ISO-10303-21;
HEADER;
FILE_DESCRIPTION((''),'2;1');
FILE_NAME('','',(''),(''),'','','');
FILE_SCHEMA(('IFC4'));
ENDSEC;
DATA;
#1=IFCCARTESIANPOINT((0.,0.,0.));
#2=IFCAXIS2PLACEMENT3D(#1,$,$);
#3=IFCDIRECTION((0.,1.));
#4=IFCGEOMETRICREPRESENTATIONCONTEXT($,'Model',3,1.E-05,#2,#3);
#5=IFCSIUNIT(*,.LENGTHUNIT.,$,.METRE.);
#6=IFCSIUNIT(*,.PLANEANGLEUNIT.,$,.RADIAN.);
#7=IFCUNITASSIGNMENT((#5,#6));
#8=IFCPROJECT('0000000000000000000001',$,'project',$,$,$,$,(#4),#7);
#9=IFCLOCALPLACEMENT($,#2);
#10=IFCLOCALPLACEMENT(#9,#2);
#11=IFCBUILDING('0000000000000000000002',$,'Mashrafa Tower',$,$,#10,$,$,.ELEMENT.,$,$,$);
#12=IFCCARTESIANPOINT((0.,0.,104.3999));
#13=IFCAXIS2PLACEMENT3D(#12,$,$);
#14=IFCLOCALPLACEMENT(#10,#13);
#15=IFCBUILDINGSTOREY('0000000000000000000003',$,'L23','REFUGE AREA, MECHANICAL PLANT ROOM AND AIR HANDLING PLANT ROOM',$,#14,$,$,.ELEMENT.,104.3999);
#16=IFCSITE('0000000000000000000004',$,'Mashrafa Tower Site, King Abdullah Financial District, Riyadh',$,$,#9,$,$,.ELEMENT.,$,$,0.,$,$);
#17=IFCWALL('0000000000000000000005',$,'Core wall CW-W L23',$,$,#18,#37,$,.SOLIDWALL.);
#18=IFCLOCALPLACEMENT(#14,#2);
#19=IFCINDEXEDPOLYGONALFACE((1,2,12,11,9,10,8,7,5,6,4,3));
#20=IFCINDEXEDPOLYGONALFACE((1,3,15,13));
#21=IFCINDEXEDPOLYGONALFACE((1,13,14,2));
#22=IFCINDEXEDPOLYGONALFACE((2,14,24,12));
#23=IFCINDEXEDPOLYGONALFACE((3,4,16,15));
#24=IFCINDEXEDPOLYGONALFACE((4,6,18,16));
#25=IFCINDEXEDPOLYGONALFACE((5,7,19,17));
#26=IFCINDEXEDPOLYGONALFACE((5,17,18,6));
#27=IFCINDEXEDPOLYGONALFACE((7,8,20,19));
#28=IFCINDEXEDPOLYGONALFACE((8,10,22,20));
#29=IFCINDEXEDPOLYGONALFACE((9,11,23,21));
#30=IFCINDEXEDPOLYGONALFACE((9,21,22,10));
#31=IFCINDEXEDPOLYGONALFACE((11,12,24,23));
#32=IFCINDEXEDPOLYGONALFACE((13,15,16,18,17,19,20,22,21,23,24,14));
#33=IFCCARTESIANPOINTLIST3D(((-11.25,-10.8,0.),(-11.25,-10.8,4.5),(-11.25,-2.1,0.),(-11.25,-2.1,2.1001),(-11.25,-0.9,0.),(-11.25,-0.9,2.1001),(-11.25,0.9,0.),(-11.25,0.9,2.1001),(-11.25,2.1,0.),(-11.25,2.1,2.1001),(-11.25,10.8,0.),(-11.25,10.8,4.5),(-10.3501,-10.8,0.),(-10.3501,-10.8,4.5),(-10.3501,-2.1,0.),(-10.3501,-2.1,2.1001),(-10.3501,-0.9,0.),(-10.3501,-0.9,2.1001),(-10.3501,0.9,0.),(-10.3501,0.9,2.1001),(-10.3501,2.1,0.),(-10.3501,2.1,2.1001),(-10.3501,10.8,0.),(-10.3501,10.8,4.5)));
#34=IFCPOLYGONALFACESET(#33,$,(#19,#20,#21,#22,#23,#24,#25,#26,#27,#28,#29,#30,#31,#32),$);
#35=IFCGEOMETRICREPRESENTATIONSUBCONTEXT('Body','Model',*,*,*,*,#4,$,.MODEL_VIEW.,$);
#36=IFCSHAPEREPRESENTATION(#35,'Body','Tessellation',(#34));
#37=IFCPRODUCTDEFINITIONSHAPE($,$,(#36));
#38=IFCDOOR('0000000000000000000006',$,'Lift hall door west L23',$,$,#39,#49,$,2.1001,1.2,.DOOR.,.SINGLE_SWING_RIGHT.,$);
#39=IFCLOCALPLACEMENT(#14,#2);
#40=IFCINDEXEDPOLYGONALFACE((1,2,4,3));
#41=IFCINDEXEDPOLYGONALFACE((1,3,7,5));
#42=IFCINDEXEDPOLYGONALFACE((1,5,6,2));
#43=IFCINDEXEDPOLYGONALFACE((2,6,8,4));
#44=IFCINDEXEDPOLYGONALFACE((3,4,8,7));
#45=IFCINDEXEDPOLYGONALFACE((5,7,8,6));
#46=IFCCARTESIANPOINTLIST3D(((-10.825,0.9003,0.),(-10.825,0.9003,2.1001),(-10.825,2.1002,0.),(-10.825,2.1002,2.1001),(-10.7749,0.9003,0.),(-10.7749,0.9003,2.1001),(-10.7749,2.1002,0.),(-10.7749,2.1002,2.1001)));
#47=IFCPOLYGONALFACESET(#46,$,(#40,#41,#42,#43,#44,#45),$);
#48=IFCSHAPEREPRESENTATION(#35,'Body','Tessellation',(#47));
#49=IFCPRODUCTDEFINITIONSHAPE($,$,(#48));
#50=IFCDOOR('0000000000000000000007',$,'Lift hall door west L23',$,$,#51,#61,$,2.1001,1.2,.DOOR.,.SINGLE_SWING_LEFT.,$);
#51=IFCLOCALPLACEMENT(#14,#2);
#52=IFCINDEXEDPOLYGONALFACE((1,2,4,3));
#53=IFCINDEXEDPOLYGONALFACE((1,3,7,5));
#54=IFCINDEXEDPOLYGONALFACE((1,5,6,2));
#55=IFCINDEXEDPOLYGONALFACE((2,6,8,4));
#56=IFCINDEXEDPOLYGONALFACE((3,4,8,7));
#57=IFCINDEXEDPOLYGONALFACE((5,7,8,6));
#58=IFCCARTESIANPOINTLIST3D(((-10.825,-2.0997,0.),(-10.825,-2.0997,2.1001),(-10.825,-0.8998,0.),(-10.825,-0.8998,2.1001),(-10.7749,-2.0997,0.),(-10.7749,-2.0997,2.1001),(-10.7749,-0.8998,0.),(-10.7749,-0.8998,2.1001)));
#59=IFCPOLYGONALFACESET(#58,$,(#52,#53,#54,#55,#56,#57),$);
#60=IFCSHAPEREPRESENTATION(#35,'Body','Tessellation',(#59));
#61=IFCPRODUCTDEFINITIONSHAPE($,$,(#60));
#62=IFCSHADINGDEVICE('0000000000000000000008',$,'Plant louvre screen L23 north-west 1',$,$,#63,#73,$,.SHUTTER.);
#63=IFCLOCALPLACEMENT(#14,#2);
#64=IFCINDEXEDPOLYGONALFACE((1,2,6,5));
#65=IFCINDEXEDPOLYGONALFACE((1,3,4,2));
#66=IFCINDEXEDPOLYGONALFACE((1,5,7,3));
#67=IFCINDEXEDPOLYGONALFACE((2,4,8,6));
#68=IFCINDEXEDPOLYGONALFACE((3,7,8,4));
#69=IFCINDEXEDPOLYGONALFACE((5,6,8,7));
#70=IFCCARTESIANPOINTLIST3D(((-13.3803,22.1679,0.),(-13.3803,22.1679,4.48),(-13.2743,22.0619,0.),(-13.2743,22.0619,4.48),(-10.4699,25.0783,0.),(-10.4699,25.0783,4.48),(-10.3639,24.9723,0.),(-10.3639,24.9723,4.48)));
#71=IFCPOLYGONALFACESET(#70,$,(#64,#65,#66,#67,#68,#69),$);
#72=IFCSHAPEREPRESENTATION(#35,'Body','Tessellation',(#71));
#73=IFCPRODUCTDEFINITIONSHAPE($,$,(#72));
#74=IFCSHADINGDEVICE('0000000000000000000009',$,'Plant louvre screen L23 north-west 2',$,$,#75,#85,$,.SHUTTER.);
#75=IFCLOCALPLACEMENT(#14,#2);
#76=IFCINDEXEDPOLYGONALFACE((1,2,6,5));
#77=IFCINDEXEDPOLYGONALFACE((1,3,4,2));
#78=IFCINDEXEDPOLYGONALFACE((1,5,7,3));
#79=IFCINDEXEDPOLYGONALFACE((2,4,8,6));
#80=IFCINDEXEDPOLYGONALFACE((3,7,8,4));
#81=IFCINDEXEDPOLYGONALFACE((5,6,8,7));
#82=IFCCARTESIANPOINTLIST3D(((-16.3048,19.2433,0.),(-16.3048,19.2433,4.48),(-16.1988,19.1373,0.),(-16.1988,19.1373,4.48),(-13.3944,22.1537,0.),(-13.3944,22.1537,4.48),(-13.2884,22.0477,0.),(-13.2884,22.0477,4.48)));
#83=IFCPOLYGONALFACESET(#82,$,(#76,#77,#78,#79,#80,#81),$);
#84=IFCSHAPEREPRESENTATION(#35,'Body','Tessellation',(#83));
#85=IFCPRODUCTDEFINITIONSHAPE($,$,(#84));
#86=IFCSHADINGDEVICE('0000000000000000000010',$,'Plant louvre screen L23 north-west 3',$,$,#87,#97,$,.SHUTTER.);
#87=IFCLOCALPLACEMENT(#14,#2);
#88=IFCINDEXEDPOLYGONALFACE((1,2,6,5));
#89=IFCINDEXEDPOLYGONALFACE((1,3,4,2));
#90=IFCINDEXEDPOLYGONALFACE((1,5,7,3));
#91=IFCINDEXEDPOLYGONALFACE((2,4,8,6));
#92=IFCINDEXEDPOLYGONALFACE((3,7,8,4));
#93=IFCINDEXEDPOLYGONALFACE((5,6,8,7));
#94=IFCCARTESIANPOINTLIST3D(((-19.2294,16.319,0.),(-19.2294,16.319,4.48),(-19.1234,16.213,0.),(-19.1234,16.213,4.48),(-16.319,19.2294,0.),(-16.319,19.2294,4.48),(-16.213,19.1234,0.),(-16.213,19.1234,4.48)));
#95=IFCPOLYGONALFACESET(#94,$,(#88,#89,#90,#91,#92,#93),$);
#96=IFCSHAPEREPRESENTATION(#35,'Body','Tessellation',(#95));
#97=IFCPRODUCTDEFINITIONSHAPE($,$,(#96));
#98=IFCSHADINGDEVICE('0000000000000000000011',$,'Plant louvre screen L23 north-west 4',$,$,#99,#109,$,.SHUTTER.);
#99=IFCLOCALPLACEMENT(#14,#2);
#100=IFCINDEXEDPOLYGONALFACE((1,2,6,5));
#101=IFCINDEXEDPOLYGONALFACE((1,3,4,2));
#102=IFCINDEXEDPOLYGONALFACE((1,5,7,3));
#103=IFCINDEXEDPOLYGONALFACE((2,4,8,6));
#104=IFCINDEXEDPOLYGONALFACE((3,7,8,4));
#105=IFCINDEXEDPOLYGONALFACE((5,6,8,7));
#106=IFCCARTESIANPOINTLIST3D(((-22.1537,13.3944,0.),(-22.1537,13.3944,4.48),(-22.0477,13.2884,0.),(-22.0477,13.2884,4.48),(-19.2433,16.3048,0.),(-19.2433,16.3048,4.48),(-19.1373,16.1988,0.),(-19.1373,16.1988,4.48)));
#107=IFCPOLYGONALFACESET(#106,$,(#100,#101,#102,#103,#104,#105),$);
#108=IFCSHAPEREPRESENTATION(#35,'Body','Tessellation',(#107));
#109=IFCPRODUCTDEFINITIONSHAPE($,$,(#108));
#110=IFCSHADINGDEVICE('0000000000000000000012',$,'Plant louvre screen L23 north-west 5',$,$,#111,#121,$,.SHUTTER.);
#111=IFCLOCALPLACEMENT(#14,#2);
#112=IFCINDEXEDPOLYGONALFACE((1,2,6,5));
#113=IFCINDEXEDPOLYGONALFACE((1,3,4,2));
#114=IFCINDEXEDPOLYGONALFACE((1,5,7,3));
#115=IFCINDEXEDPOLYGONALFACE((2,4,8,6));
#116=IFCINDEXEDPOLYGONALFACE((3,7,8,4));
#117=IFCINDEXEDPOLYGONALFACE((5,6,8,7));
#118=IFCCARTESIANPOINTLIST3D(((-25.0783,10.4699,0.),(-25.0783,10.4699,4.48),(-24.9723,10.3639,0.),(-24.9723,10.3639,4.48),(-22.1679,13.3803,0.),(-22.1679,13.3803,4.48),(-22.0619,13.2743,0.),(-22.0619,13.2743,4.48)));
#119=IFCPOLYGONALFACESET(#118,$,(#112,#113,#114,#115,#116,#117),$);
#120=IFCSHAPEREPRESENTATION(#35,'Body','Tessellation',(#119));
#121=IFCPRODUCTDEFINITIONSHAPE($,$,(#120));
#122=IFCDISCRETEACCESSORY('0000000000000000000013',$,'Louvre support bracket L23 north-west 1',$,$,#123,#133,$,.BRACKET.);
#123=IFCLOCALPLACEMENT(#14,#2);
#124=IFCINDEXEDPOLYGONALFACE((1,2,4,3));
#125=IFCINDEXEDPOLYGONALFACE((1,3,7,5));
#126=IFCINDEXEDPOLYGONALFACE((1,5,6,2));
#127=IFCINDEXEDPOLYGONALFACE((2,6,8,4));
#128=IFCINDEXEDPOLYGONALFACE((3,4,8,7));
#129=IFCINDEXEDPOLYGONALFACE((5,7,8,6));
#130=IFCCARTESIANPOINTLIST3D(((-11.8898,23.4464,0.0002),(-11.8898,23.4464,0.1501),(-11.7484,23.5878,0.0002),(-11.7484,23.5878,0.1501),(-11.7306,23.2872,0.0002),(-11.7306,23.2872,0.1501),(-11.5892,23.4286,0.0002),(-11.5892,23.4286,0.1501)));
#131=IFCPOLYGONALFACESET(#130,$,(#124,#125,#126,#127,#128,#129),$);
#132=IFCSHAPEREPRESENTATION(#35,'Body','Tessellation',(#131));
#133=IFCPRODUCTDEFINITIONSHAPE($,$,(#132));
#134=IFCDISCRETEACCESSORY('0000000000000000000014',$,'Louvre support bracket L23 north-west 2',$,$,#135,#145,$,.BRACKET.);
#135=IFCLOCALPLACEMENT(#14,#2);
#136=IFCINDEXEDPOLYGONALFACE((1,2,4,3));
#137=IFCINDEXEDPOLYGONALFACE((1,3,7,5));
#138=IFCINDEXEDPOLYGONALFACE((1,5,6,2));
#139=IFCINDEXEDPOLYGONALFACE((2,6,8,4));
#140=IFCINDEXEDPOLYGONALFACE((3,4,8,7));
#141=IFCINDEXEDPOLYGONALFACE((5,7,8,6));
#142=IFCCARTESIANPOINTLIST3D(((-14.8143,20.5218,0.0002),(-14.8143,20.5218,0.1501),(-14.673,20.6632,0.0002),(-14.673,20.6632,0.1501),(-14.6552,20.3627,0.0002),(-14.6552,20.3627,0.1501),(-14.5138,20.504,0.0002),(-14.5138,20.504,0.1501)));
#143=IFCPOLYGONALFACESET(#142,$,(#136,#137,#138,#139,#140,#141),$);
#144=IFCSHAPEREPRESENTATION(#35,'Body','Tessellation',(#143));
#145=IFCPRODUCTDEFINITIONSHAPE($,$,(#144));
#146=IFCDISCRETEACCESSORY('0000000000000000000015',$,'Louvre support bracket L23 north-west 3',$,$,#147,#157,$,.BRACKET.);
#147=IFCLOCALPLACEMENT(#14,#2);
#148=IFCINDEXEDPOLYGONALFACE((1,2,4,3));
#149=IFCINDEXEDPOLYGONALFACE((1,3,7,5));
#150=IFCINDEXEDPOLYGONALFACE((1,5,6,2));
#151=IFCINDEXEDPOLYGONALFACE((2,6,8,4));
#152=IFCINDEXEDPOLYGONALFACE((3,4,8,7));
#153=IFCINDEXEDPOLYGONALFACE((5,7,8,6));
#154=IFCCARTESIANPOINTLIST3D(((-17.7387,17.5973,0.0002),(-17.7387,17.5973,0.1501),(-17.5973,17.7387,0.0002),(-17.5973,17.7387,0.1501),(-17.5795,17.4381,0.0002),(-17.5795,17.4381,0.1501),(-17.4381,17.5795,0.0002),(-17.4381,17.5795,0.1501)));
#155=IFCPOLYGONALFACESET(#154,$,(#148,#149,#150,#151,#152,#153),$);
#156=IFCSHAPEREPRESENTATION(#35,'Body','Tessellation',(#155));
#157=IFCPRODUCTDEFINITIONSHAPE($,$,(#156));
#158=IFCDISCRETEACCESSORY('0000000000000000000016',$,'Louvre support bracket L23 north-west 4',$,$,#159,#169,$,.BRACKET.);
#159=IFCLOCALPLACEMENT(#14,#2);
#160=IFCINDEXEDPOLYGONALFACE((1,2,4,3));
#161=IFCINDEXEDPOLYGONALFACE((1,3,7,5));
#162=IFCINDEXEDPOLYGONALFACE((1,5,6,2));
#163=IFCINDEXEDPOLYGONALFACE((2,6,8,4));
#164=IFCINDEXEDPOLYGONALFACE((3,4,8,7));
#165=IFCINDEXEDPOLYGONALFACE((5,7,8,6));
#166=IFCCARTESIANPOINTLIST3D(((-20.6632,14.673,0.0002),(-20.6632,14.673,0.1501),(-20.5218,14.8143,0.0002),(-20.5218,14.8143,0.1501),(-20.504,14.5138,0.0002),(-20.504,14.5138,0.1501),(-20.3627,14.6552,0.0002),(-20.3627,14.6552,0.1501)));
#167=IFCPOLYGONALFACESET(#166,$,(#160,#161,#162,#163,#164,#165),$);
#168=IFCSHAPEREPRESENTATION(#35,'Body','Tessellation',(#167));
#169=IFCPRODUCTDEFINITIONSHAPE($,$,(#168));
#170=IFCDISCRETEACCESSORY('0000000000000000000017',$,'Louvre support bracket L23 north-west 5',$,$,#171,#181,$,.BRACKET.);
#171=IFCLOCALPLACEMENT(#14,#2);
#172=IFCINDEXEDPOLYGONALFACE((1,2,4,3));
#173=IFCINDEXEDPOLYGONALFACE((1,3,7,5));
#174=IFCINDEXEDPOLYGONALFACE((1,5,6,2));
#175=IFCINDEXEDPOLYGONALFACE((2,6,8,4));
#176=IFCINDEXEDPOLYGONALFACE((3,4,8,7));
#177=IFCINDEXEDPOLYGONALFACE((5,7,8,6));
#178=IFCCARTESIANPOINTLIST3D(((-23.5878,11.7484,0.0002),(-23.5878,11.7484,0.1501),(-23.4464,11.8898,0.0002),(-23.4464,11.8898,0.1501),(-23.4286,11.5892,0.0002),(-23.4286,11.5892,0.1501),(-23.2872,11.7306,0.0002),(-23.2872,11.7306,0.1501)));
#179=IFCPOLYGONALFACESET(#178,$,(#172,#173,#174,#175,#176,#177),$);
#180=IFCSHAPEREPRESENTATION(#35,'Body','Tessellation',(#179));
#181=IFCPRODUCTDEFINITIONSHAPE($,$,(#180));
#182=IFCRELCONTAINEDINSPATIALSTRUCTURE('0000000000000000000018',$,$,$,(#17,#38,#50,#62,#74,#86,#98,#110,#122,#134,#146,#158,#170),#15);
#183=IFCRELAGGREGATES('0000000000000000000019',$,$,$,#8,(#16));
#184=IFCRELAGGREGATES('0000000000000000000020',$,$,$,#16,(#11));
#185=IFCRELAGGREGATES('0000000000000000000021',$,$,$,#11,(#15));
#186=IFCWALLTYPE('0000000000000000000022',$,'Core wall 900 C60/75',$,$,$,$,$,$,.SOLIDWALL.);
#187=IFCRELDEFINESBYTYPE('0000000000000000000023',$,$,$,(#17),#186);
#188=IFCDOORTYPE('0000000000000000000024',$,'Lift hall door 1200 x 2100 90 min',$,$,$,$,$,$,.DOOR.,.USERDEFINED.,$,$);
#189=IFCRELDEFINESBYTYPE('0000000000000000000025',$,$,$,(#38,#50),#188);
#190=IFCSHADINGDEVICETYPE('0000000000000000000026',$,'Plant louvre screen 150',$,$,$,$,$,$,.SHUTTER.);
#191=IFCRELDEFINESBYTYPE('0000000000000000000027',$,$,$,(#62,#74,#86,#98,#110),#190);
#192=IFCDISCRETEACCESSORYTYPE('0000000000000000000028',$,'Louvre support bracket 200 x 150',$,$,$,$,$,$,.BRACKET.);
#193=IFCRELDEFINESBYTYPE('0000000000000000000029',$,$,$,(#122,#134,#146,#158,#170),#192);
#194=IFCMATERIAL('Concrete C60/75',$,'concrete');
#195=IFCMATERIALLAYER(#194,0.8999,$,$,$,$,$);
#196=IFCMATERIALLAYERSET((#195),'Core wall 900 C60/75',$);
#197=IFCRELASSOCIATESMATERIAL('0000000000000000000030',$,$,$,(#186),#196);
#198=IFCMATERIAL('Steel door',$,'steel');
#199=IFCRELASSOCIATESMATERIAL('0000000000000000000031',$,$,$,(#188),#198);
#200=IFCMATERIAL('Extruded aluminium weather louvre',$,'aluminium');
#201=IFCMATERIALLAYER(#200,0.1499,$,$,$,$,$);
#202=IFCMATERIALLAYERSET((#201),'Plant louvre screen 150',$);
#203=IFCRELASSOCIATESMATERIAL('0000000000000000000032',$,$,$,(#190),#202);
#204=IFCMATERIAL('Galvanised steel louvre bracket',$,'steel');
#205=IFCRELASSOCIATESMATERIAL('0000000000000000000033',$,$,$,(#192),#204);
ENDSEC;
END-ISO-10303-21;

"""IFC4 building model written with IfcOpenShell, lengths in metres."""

from ifc_helpers import new_model, si_unit, direction, frame, frame_2d, origin, origin_2d, place, context, subcontext, project, spatial, rectangle, extrude, source, transform, mapped, material, layer, layer_set, type_object, type_shapes, element, fill, save


model = new_model("IFC4")

# Units and contexts
model_context = context("Model", 3, precision=1e-05, world=origin(), true_north=direction((0.0, 1.0)))
body_context = subcontext(model_context, "Body", "Model", "MODEL_VIEW")
ifc_project = project(units=[si_unit("LENGTHUNIT", "METRE"), si_unit("PLANEANGLEUNIT", "RADIAN")], contexts=[model_context])

# Site, building, storey
site_placement = place(None, origin())
site = spatial("IfcSite", under=ifc_project, at=site_placement, Name="Mashrafa Tower Site, King Abdullah Financial District, Riyadh", CompositionType="ELEMENT", RefElevation=0.0)
building_placement = place(site_placement, origin())
building = spatial("IfcBuilding", under=site, at=building_placement, Name="Mashrafa Tower", CompositionType="ELEMENT")
storey_placement = place(building_placement, frame((0.0, 0.0, 104.3999)))
storey = spatial("IfcBuildingStorey", under=building, at=storey_placement, Name="L23", Description="REFUGE AREA, MECHANICAL PLANT ROOM AND AIR HANDLING PLANT ROOM", CompositionType="ELEMENT", Elevation=104.3999)

# Wall, openings, doors
ifc_material_1 = material(Name="Concrete C60/75", Category="concrete")
ifc_layer_1 = layer(ifc_material_1, 0.8999)
ifc_layer_set_1 = layer_set([ifc_layer_1], Name="Core wall 900 C60/75")
wall_type_1 = type_object("IfcWallType", Name="Core wall 900 C60/75", PredefinedType="SOLIDWALL", material=ifc_layer_set_1)
wall_1_placement = place(storey_placement, frame((-10.8, 10.8, 0.0), z_axis=(0.0, 0.0, 1.0), x_axis=(0.0, -1.0, 0.0)))
wall_1 = element("IfcWall", 1, at=wall_1_placement, inside=storey, type_object=wall_type_1, Name="Core wall CW-W L23", PredefinedType="SOLIDWALL", context=body_context, shape_type="SweptSolid", body=[
    extrude(rectangle(XDim=21.6001, YDim=0.8999, at=frame_2d((10.8, 0.0))), origin(), (0.0, 0.0, 1.0), 4.5),
])
opening_1_placement = place(wall_1_placement, frame((8.7, 0.0, 0.0)))
opening_1 = element("IfcOpeningElement", 2, at=opening_1_placement, cuts=wall_1, PredefinedType="OPENING", context=body_context, shape_type="SweptSolid", body=[
    extrude(rectangle(XDim=1.2, YDim=2.1001, at=frame_2d((0.6001, 1.05))), frame((0.0, 0.46, 0.0), z_axis=(0.0, -1.0, 0.0), x_axis=(1.0, 0.0, 0.0)), (0.0, 0.0, 1.0), 0.9199),
])
opening_2_placement = place(wall_1_placement, frame((11.7, 0.0, 0.0)))
opening_2 = element("IfcOpeningElement", 3, at=opening_2_placement, cuts=wall_1, PredefinedType="OPENING", context=body_context, shape_type="SweptSolid", body=[
    extrude(rectangle(XDim=1.2, YDim=2.1001, at=frame_2d((0.6001, 1.05))), frame((0.0, 0.46, 0.0), z_axis=(0.0, -1.0, 0.0), x_axis=(1.0, 0.0, 0.0)), (0.0, 0.0, 1.0), 0.9199),
])
ifc_material_2 = material(Name="Steel door", Category="steel")
door_type_1 = type_object("IfcDoorType", Name="Lift hall door 1200 x 2100 90 min", OperationType="USERDEFINED", PredefinedType="DOOR", material=ifc_material_2)
door_1_placement = place(opening_1_placement, frame((1.2, 0.0, 0.0), z_axis=(0.0, 0.0, 1.0), x_axis=(-1.0, 0.0, 0.0)))
door_1 = element("IfcDoor", 4, at=door_1_placement, inside=storey, type_object=door_type_1, Name="Lift hall door west L23", OperationType="SINGLE_SWING_RIGHT", OverallHeight=2.1001, OverallWidth=1.2, PredefinedType="DOOR", context=body_context, shape_type="SweptSolid", body=[
    extrude(rectangle(XDim=1.2, YDim=2.1001, at=frame_2d((0.6001, 1.05))), frame((0.0, 0.0249, 0.0), z_axis=(0.0, -1.0, 0.0), x_axis=(1.0, 0.0, 0.0)), (0.0, 0.0, 1.0), 0.05),
])
fill(opening_1, door_1)
door_2_placement = place(opening_2_placement, frame((1.2, 0.0, 0.0), z_axis=(0.0, 0.0, 1.0), x_axis=(-1.0, 0.0, 0.0)))
door_2 = element("IfcDoor", 5, at=door_2_placement, inside=storey, type_object=door_type_1, Name="Lift hall door west L23", OperationType="SINGLE_SWING_LEFT", OverallHeight=2.1001, OverallWidth=1.2, PredefinedType="DOOR", context=body_context, shape_type="SweptSolid", body=[
    extrude(rectangle(XDim=1.2, YDim=2.1001, at=frame_2d((0.6001, 1.05))), frame((0.0, 0.0249, 0.0), z_axis=(0.0, -1.0, 0.0), x_axis=(1.0, 0.0, 0.0)), (0.0, 0.0, 1.0), 0.05),
])
fill(opening_2, door_2)

# Shading devices
ifc_material_3 = material(Name="Extruded aluminium weather louvre", Category="aluminium")
ifc_layer_2 = layer(ifc_material_3, 0.1499)
ifc_layer_set_2 = layer_set([ifc_layer_2], Name="Plant louvre screen 150")
shading_device_type = type_object("IfcShadingDeviceType", Name="Plant louvre screen 150", PredefinedType="SHUTTER", material=ifc_layer_set_2)
shared_shape_1 = source(origin(), body_context, "Body", "SweptSolid", [
    extrude(rectangle(XDim=4.116, YDim=0.1499, at=origin_2d()), origin(), (0.0, 0.0, 1.0), 4.48),
])
type_shapes(shading_device_type, [shared_shape_1])
for number, where, z_axis, x_axis, name in (
    (6, (-11.8721, 23.5701, 0.0), (0.0, 0.0, 1.0), (-0.707107, -0.707107, 0.0), "Plant louvre screen L23 north-west 1"),
    (7, (-14.7966, 20.6455, 0.0), (0.0, 0.0, 1.0), (-0.707107, -0.707107, 0.0), "Plant louvre screen L23 north-west 2"),
    (8, (-17.7212, 17.7212, 0.0), (0.0, 0.0, 1.0), (-0.707107, -0.707107, 0.0), "Plant louvre screen L23 north-west 3"),
    (9, (-20.6455, 14.7966, 0.0), (0.0, 0.0, 1.0), (-0.707107, -0.707107, 0.0), "Plant louvre screen L23 north-west 4"),
    (10, (-23.5701, 11.8721, 0.0), (0.0, 0.0, 1.0), (-0.707107, -0.707107, 0.0), "Plant louvre screen L23 north-west 5"),
):
    element("IfcShadingDevice", number, at=place(storey_placement, frame(where, z_axis=z_axis, x_axis=x_axis)), inside=storey, type_object=shading_device_type, Name=name, PredefinedType="SHUTTER", context=body_context, shape_type="MappedRepresentation", body=[
        mapped(shared_shape_1, transform((0.0, 0.0, 0.0))),
    ])

# Discrete accessories
ifc_material_4 = material(Name="Galvanised steel louvre bracket", Category="steel")
discrete_accessory_type = type_object("IfcDiscreteAccessoryType", Name="Louvre support bracket 200 x 150", PredefinedType="BRACKET", material=ifc_material_4)
shared_shape_2 = source(origin(), body_context, "Body", "SweptSolid", [
    extrude(rectangle(XDim=0.2, YDim=0.2251, at=origin_2d()), origin(), (0.0, 0.0, 1.0), 0.1499),
])
type_shapes(discrete_accessory_type, [shared_shape_2])
for number, where, z_axis, x_axis, name in (
    (11, (-11.7395, 23.4375, 0.0002), (0.0, 0.0, 1.0), (-0.707107, -0.707107, 0.0), "Louvre support bracket L23 north-west 1"),
    (12, (-14.6641, 20.5129, 0.0002), (0.0, 0.0, 1.0), (-0.707107, -0.707107, 0.0), "Louvre support bracket L23 north-west 2"),
    (13, (-17.5884, 17.5884, 0.0002), (0.0, 0.0, 1.0), (-0.707107, -0.707107, 0.0), "Louvre support bracket L23 north-west 3"),
    (14, (-20.5129, 14.6641, 0.0002), (0.0, 0.0, 1.0), (-0.707107, -0.707107, 0.0), "Louvre support bracket L23 north-west 4"),
    (15, (-23.4375, 11.7395, 0.0002), (0.0, 0.0, 1.0), (-0.707107, -0.707107, 0.0), "Louvre support bracket L23 north-west 5"),
):
    element("IfcDiscreteAccessory", number, at=place(storey_placement, frame(where, z_axis=z_axis, x_axis=x_axis)), inside=storey, type_object=discrete_accessory_type, Name=name, PredefinedType="BRACKET", context=body_context, shape_type="MappedRepresentation", body=[
        mapped(shared_shape_2, transform((0.0, 0.0, 0.0))),
    ])

save(model, "model.ifc")
